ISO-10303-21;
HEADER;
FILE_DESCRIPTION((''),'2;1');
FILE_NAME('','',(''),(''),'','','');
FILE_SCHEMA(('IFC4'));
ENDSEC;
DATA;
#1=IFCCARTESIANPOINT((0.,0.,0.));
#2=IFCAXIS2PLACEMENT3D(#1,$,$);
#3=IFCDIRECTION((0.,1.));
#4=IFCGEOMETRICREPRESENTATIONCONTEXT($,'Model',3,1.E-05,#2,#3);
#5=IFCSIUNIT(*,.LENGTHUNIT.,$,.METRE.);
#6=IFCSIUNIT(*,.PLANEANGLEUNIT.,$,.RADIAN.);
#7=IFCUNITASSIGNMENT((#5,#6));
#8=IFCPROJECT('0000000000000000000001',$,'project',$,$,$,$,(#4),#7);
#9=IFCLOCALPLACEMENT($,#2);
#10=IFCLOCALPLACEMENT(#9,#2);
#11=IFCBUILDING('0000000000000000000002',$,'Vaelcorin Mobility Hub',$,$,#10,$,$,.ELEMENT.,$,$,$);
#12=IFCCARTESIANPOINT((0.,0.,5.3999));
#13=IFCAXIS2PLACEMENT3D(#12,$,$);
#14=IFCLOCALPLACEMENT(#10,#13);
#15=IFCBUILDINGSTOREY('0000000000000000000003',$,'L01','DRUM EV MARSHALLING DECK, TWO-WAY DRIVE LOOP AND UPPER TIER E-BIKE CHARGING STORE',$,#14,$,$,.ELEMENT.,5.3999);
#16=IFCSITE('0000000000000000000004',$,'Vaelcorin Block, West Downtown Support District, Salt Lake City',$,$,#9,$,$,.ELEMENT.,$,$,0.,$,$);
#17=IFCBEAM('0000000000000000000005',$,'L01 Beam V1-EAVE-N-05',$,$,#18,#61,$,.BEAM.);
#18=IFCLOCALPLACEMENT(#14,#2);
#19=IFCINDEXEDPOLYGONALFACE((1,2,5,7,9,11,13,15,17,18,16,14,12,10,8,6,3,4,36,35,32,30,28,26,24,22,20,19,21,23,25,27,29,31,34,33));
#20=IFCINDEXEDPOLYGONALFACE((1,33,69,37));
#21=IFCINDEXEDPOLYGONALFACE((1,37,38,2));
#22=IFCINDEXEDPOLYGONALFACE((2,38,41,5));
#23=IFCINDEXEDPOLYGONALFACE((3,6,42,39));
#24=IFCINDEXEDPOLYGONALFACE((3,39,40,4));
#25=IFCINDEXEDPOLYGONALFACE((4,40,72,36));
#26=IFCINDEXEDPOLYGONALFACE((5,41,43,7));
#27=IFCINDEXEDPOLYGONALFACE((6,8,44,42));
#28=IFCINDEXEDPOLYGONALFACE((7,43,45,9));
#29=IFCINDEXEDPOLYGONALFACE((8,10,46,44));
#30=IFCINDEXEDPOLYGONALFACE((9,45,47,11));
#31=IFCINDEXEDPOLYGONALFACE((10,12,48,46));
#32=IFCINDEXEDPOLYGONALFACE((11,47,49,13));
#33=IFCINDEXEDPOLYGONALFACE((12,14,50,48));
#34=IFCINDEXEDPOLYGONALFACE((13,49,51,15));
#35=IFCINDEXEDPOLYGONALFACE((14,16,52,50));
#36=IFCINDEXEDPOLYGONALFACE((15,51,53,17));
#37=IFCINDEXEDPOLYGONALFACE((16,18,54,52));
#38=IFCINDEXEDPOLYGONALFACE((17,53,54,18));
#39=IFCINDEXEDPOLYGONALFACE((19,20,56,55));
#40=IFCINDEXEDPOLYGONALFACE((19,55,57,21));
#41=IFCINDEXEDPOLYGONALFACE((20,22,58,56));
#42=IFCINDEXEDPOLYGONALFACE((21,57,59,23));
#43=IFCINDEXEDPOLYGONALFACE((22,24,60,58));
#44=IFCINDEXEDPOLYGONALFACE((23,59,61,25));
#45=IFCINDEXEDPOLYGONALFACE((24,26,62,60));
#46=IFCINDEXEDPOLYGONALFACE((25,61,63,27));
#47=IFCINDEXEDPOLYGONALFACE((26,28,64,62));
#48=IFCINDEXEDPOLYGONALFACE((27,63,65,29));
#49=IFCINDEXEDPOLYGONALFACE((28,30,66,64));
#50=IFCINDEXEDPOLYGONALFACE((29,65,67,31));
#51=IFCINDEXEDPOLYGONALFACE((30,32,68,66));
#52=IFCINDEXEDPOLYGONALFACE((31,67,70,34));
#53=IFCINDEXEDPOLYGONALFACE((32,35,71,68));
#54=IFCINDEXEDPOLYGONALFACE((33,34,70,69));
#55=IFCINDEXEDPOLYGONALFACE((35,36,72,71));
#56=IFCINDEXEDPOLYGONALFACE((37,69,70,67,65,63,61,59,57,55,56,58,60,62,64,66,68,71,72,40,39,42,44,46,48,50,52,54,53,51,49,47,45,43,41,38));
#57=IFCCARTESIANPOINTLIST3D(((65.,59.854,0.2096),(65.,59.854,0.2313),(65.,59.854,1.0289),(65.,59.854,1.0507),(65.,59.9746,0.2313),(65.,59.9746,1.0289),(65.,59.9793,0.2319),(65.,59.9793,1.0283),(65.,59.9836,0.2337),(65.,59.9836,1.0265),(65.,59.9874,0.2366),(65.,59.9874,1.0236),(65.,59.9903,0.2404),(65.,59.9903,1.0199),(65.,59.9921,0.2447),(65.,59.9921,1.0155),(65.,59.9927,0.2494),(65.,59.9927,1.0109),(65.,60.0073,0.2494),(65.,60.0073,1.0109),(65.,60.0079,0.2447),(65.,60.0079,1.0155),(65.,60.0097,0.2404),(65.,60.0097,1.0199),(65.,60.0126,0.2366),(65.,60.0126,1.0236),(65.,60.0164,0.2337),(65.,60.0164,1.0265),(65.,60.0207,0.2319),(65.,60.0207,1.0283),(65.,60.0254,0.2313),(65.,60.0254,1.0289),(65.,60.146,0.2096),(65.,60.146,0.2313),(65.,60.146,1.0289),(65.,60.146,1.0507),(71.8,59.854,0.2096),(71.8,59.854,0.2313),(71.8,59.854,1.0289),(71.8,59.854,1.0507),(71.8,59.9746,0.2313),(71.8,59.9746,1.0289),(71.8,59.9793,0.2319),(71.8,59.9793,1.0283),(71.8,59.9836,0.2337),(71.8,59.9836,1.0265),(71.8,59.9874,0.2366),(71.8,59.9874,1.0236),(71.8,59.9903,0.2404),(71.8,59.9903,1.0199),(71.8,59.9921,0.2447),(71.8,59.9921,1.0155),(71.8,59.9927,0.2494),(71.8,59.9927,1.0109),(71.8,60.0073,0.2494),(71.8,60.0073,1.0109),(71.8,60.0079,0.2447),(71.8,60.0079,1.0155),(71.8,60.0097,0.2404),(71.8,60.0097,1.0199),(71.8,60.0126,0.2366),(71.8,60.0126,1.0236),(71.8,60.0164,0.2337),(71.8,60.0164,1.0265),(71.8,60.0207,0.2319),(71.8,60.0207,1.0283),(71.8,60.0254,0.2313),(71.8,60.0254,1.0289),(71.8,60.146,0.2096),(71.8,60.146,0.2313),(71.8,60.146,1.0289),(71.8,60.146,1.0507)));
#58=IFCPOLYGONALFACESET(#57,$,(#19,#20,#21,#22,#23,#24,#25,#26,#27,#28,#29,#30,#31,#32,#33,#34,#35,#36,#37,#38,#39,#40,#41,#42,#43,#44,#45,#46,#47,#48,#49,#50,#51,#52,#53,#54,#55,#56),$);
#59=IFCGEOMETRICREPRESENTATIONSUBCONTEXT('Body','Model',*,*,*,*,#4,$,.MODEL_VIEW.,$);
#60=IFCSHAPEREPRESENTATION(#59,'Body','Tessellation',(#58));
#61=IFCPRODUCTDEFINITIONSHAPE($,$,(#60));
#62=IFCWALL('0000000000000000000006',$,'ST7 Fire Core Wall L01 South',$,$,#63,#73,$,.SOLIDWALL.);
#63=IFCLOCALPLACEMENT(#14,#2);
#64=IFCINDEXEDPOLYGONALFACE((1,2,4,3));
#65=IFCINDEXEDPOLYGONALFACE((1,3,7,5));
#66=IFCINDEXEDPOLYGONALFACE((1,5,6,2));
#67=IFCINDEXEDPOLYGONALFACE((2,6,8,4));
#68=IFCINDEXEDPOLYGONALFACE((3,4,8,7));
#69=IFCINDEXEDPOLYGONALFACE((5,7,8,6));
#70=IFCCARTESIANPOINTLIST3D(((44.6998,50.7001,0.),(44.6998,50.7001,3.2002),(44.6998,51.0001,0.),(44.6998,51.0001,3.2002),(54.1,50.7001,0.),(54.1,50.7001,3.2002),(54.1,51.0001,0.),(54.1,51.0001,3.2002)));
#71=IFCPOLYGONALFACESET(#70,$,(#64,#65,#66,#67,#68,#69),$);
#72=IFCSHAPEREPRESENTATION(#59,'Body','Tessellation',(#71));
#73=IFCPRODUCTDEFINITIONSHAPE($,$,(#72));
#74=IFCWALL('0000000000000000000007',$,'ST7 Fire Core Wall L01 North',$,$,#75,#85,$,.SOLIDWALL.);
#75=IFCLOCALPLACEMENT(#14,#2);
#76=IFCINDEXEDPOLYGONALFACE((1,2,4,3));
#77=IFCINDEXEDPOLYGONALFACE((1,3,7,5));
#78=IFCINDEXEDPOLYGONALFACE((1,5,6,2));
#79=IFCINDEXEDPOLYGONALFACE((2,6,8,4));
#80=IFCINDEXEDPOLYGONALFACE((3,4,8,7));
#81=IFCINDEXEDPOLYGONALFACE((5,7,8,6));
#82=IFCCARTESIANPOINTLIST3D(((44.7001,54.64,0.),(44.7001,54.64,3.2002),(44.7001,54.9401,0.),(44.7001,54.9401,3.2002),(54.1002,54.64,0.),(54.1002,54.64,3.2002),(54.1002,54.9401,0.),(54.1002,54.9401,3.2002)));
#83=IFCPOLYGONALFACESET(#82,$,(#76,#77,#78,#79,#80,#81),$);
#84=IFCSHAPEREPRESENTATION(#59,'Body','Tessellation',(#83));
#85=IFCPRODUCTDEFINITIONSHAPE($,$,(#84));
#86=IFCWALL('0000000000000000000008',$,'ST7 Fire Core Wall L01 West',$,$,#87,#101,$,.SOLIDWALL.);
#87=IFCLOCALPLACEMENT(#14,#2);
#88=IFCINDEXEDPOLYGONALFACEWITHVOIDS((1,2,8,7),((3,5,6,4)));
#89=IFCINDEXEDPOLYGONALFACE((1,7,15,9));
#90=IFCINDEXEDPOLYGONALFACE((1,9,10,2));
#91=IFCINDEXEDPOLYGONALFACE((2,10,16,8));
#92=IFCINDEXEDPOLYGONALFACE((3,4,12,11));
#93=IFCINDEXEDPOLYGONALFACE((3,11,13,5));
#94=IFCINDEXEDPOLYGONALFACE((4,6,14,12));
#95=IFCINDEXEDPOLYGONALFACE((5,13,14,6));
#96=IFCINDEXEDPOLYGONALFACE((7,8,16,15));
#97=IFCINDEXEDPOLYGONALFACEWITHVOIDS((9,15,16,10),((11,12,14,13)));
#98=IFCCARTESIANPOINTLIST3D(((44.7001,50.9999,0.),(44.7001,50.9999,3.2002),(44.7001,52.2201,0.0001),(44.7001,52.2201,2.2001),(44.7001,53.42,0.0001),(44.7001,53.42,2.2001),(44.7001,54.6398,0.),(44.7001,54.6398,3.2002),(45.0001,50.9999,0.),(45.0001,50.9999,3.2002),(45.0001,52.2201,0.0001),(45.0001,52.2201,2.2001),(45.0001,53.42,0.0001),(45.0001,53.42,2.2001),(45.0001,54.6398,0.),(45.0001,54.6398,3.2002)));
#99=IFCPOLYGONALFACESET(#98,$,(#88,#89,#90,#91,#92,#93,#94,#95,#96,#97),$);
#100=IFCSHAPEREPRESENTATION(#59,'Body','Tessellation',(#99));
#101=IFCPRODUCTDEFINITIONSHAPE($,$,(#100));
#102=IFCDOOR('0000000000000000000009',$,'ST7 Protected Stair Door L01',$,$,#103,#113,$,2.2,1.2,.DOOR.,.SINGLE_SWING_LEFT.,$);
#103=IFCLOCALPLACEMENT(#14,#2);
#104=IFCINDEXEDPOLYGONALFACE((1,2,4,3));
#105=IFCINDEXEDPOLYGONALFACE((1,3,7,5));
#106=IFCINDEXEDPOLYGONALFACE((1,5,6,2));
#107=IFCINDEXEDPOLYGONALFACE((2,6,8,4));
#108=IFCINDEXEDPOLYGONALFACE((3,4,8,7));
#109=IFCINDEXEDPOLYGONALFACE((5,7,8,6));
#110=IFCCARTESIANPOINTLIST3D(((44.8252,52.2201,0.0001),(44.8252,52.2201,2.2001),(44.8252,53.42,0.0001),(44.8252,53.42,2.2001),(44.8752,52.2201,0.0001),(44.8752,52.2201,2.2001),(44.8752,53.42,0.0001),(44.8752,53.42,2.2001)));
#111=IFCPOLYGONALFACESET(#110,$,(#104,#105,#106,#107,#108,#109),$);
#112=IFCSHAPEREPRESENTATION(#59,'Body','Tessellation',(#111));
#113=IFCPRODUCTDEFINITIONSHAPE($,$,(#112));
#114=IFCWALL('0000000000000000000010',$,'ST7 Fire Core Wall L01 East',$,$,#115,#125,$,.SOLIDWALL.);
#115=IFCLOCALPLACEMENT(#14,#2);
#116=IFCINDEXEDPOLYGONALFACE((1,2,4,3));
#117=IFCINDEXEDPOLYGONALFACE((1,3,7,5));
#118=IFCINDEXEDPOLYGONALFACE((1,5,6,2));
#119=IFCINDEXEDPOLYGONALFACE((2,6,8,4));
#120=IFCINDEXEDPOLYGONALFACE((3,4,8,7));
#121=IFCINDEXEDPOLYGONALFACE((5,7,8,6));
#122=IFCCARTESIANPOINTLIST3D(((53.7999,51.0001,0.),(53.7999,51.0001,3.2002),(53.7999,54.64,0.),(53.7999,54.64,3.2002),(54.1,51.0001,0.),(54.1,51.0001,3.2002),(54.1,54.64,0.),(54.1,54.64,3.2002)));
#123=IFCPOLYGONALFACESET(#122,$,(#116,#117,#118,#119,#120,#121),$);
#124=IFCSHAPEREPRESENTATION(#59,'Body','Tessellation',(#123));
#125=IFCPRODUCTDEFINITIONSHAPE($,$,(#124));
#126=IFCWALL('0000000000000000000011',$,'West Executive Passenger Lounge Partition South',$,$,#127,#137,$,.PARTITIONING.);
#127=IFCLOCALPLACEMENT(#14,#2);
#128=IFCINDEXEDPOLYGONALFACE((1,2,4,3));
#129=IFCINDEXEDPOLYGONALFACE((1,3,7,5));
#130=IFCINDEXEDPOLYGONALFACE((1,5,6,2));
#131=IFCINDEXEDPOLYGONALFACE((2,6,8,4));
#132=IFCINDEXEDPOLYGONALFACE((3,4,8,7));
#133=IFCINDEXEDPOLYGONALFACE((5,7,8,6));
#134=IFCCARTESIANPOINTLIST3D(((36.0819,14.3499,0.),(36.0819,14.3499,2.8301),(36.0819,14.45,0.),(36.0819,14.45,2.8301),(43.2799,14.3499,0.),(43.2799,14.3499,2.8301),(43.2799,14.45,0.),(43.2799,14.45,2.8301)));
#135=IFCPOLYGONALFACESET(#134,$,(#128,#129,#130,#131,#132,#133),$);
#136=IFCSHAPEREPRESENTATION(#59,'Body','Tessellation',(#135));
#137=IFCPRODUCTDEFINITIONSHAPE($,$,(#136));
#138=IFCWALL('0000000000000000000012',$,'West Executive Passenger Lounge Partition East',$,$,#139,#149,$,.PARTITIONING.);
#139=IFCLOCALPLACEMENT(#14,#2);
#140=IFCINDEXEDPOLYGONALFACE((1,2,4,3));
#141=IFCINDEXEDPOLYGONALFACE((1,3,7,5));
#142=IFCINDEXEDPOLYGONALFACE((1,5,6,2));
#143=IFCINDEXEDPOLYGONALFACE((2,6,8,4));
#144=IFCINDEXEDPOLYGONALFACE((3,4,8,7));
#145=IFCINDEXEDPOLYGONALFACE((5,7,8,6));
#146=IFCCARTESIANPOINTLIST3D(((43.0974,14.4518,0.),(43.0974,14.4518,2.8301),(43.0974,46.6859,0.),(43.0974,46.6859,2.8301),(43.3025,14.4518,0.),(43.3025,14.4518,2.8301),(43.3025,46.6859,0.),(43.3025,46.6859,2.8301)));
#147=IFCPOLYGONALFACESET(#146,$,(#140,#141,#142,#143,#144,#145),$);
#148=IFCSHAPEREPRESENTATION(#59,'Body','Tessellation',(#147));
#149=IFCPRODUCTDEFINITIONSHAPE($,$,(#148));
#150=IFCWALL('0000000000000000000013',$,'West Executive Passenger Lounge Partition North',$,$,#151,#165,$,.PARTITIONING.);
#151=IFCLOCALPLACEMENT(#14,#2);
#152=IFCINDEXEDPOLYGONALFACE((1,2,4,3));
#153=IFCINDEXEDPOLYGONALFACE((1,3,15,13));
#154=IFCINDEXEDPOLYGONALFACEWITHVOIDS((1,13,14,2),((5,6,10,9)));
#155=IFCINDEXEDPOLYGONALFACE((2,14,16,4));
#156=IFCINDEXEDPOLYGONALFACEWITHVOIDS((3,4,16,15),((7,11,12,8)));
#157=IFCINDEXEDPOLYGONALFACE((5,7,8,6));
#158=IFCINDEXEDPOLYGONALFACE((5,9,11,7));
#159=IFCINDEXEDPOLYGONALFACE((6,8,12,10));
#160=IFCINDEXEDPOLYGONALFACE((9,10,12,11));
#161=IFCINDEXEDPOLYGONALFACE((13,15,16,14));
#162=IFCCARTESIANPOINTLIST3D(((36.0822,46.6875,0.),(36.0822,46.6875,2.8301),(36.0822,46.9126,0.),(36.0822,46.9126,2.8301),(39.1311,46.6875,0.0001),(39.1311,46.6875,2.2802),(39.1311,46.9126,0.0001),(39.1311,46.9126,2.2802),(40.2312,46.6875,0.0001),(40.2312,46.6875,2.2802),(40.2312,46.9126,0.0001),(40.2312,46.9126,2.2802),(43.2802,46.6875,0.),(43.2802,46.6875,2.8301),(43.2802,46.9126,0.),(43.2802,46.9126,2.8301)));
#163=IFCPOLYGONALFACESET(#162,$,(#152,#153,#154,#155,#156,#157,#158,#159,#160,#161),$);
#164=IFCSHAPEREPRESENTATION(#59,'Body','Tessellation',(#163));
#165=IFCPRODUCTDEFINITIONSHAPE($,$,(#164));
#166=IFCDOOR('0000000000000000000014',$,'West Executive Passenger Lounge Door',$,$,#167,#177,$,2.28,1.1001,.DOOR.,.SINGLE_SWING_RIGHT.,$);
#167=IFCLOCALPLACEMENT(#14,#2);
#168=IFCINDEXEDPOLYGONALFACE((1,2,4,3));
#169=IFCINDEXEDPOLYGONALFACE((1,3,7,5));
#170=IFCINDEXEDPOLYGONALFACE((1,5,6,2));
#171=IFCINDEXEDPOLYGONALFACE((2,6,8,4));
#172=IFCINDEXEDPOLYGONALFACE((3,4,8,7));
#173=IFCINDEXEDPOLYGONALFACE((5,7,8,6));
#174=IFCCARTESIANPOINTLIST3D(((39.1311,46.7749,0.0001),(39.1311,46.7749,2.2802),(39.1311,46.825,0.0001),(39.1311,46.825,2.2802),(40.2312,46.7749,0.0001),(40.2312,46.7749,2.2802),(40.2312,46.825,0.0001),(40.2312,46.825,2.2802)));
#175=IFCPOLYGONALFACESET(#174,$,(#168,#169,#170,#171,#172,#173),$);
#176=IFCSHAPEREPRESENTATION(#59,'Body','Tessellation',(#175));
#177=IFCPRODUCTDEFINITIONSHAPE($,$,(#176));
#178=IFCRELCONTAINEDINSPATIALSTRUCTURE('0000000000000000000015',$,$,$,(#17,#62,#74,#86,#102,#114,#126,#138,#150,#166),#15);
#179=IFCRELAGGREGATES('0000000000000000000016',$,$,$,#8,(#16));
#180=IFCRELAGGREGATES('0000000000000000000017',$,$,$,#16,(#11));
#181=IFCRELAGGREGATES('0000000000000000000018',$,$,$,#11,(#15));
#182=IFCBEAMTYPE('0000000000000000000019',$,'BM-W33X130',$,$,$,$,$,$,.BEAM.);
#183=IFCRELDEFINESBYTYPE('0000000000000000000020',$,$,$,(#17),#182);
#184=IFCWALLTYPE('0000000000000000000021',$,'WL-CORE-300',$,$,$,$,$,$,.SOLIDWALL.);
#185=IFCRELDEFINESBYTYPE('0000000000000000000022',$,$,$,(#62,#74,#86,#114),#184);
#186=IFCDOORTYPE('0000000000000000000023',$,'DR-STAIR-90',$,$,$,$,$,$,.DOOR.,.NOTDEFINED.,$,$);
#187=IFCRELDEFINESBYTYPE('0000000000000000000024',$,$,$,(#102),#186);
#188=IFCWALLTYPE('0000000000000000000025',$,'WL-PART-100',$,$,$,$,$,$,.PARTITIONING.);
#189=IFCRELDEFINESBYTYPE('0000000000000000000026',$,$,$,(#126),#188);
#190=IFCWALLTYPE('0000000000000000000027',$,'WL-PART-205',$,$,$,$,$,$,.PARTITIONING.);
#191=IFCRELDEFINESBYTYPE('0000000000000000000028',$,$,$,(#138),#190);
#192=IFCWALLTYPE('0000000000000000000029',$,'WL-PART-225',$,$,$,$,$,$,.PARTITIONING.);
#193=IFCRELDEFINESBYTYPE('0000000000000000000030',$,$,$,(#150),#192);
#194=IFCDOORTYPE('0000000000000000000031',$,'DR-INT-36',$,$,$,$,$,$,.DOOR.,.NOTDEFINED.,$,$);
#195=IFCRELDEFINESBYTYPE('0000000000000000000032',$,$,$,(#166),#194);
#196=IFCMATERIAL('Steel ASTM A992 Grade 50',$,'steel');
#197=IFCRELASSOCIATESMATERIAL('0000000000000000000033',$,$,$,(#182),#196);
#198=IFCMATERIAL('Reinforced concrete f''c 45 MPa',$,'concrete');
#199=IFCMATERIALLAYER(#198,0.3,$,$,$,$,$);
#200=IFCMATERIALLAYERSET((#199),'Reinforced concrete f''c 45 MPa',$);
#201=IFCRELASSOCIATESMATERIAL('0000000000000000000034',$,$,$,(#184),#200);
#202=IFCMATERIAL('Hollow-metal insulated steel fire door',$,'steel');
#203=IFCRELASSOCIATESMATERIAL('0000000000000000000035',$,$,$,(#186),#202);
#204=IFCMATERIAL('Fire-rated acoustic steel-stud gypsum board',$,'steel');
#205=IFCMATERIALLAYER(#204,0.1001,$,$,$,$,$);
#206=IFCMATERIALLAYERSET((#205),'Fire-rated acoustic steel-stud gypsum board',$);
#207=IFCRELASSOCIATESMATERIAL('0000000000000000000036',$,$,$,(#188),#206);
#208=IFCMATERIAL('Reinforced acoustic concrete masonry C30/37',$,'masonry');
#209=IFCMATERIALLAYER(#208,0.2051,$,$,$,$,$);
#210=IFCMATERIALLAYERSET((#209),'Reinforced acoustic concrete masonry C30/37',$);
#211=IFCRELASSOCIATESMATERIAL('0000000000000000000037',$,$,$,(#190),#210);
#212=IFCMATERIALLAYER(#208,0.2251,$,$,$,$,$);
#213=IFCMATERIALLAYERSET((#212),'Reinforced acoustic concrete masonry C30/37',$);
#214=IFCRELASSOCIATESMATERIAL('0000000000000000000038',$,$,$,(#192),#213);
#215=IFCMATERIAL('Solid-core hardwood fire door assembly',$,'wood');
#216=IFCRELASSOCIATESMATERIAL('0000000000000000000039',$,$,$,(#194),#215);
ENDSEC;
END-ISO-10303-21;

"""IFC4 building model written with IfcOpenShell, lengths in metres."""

from ifc_helpers import new_model, si_unit, direction, frame, frame_2d, origin, origin_2d, place, context, subcontext, project, spatial, rectangle, i_section, extrude, material, layer, layer_set, material_profile, profile_set, type_object, element, fill, save


model = new_model("IFC4")

# Units and contexts
model_context = context("Model", 3, precision=1e-05, world=origin(), true_north=direction((0.0, 1.0)))
body_context = subcontext(model_context, "Body", "Model", "MODEL_VIEW")
ifc_project = project(units=[si_unit("LENGTHUNIT", "METRE"), si_unit("PLANEANGLEUNIT", "RADIAN")], contexts=[model_context])

# Site, building, storey
site_placement = place(None, origin())
site = spatial("IfcSite", under=ifc_project, at=site_placement, Name="Vaelcorin Block, West Downtown Support District, Salt Lake City", CompositionType="ELEMENT", RefElevation=0.0)
building_placement = place(site_placement, origin())
building = spatial("IfcBuilding", under=site, at=building_placement, Name="Vaelcorin Mobility Hub", CompositionType="ELEMENT")
storey_placement = place(building_placement, frame((0.0, 0.0, 5.3999)))
storey = spatial("IfcBuildingStorey", under=building, at=storey_placement, Name="L01", Description="DRUM EV MARSHALLING DECK, TWO-WAY DRIVE LOOP AND UPPER TIER E-BIKE CHARGING STORE", CompositionType="ELEMENT", Elevation=5.3999)

# Shared definitions
ifc_material_1 = material(Name="Steel ASTM A992 Grade 50", Category="steel")

# Beam
ifc_material_profile_1 = material_profile(ifc_material_1, i_section(OverallWidth=0.292, OverallDepth=0.8411, WebThickness=0.0146, FlangeThickness=0.0217, FilletRadius=0.0181, at=origin_2d()), Name="W33X130")
ifc_profile_set_1 = profile_set([ifc_material_profile_1], Name="Steel ASTM A992 Grade 50")
beam_type_1 = type_object("IfcBeamType", Name="BM-W33X130", PredefinedType="BEAM", material=ifc_profile_set_1)
for number, where, z_axis, x_axis, name in (
    (1, (65.0, 60.0, 0.6301), (1.0, 0.0, 0.0), (0.0, 1.0, 0.0), "L01 Beam V1-EAVE-N-05"),
):
    element("IfcBeam", number, at=place(storey_placement, frame(where, z_axis=z_axis, x_axis=x_axis)), inside=storey, type_object=beam_type_1, Name=name, PredefinedType="BEAM", context=body_context, shape_type="SweptSolid", body=[
        extrude(i_section(OverallWidth=0.292, OverallDepth=0.8411, WebThickness=0.0146, FlangeThickness=0.0217, FilletRadius=0.0181, at=origin_2d()), origin(), (0.0, 0.0, 1.0), 6.8),
    ])

# Walls
ifc_material_2 = material(Name="Reinforced concrete f'c 45 MPa", Category="concrete")
ifc_layer_1 = layer(ifc_material_2, 0.3)
ifc_layer_set_1 = layer_set([ifc_layer_1], Name="Reinforced concrete f'c 45 MPa")
wall_type_1 = type_object("IfcWallType", Name="WL-CORE-300", PredefinedType="SOLIDWALL", material=ifc_layer_set_1)
for number, where, z_axis, x_axis, name in (
    (2, (54.1001, 50.8501, 0.0), (0.0, 0.0, 1.0), (-1.0, 0.0, 0.0), "ST7 Fire Core Wall L01 South"),
    (3, (44.7, 54.79, 0.0), (0.0, 0.0, 1.0), (1.0, 0.0, 0.0), "ST7 Fire Core Wall L01 North"),
):
    element("IfcWall", number, at=place(storey_placement, frame(where, z_axis=z_axis, x_axis=x_axis)), inside=storey, type_object=wall_type_1, Name=name, PredefinedType="SOLIDWALL", context=body_context, shape_type="SweptSolid", body=[
        extrude(rectangle(XDim=9.4001, YDim=0.3, at=frame_2d((4.7002, 0.0))), origin(), (0.0, 0.0, 1.0), 3.2002),
    ])

# Wall, opening, door
wall_1_placement = place(storey_placement, frame((44.8501, 51.0, 0.0), z_axis=(0.0, 0.0, 1.0), x_axis=(0.0, 1.0, 0.0)))
wall_1 = element("IfcWall", 4, at=wall_1_placement, inside=storey, type_object=wall_type_1, Name="ST7 Fire Core Wall L01 West", PredefinedType="SOLIDWALL", context=body_context, shape_type="SweptSolid", body=[
    extrude(rectangle(XDim=3.6399, YDim=0.3, at=frame_2d((1.8198, 0.0))), origin(), (0.0, 0.0, 1.0), 3.2002),
])
opening_1_placement = place(wall_1_placement, frame((1.22, 0.0, 0.0)))
opening_1 = element("IfcOpeningElement", 5, at=opening_1_placement, cuts=wall_1, PredefinedType="OPENING", context=body_context, shape_type="SweptSolid", body=[
    extrude(rectangle(XDim=1.2, YDim=2.2, at=frame_2d((0.6001, 1.1001))), frame((0.0, 0.1599, 0.0), z_axis=(0.0, -1.0, 0.0), x_axis=(1.0, 0.0, 0.0)), (0.0, 0.0, 1.0), 0.3201),
])
ifc_material_3 = material(Name="Hollow-metal insulated steel fire door", Category="steel")
door_type_1 = type_object("IfcDoorType", Name="DR-STAIR-90", OperationType="NOTDEFINED", PredefinedType="DOOR", material=ifc_material_3)
door_1_placement = place(opening_1_placement, origin())
door_1 = element("IfcDoor", 6, at=door_1_placement, inside=storey, type_object=door_type_1, Name="ST7 Protected Stair Door L01", OperationType="SINGLE_SWING_LEFT", OverallHeight=2.2, OverallWidth=1.2, PredefinedType="DOOR", context=body_context, shape_type="SweptSolid", body=[
    extrude(rectangle(XDim=1.2, YDim=2.2, at=frame_2d((0.6001, 1.1001))), frame((0.0, 0.0249, 0.0), z_axis=(0.0, -1.0, 0.0), x_axis=(1.0, 0.0, 0.0)), (0.0, 0.0, 1.0), 0.05),
])
fill(opening_1, door_1)

# Walls
wall_2_placement = place(storey_placement, frame((53.95, 54.6399, 0.0), z_axis=(0.0, 0.0, 1.0), x_axis=(0.0, -1.0, 0.0)))
element("IfcWall", 7, at=wall_2_placement, inside=storey, type_object=wall_type_1, Name="ST7 Fire Core Wall L01 East", PredefinedType="SOLIDWALL", context=body_context, shape_type="SweptSolid", body=[
    extrude(rectangle(XDim=3.6399, YDim=0.3, at=frame_2d((1.8198, 0.0))), origin(), (0.0, 0.0, 1.0), 3.2002),
])
ifc_material_4 = material(Name="Fire-rated acoustic steel-stud gypsum board", Category="steel")
ifc_layer_2 = layer(ifc_material_4, 0.1001)
ifc_layer_set_2 = layer_set([ifc_layer_2], Name="Fire-rated acoustic steel-stud gypsum board")
wall_type_2 = type_object("IfcWallType", Name="WL-PART-100", PredefinedType="PARTITIONING", material=ifc_layer_set_2)
wall_3_placement = place(storey_placement, frame((43.28, 14.3999, 0.0), z_axis=(0.0, 0.0, 1.0), x_axis=(-1.0, 0.0, 0.0)))
element("IfcWall", 8, at=wall_3_placement, inside=storey, type_object=wall_type_2, Name="West Executive Passenger Lounge Partition South", PredefinedType="PARTITIONING", context=body_context, shape_type="SweptSolid", body=[
    extrude(rectangle(XDim=7.198, YDim=0.1001, at=frame_2d((3.5991, 0.0))), origin(), (0.0, 0.0, 1.0), 2.8301),
])
ifc_material_5 = material(Name="Reinforced acoustic concrete masonry C30/37", Category="masonry")
ifc_layer_3 = layer(ifc_material_5, 0.2051)
ifc_layer_set_3 = layer_set([ifc_layer_3], Name="Reinforced acoustic concrete masonry C30/37")
wall_type_3 = type_object("IfcWallType", Name="WL-PART-205", PredefinedType="PARTITIONING", material=ifc_layer_set_3)
wall_4_placement = place(storey_placement, frame((43.2, 46.686, 0.0), z_axis=(0.0, 0.0, 1.0), x_axis=(0.0, -1.0, 0.0)))
element("IfcWall", 9, at=wall_4_placement, inside=storey, type_object=wall_type_3, Name="West Executive Passenger Lounge Partition East", PredefinedType="PARTITIONING", context=body_context, shape_type="SweptSolid", body=[
    extrude(rectangle(XDim=32.2341, YDim=0.2051, at=frame_2d((16.1172, 0.0))), origin(), (0.0, 0.0, 1.0), 2.8301),
])

# Wall, opening, door
ifc_layer_4 = layer(ifc_material_5, 0.2251)
ifc_layer_set_4 = layer_set([ifc_layer_4], Name="Reinforced acoustic concrete masonry C30/37")
wall_type_4 = type_object("IfcWallType", Name="WL-PART-225", PredefinedType="PARTITIONING", material=ifc_layer_set_4)
wall_5_placement = place(storey_placement, frame((36.082, 46.8, 0.0), z_axis=(0.0, 0.0, 1.0), x_axis=(1.0, 0.0, 0.0)))
wall_5 = element("IfcWall", 10, at=wall_5_placement, inside=storey, type_object=wall_type_4, Name="West Executive Passenger Lounge Partition North", PredefinedType="PARTITIONING", context=body_context, shape_type="SweptSolid", body=[
    extrude(rectangle(XDim=7.198, YDim=0.2251, at=frame_2d((3.5991, 0.0))), origin(), (0.0, 0.0, 1.0), 2.8301),
])
opening_2_placement = place(wall_5_placement, frame((3.0491, 0.0, 0.0)))
opening_2 = element("IfcOpeningElement", 11, at=opening_2_placement, cuts=wall_5, PredefinedType="OPENING", context=body_context, shape_type="SweptSolid", body=[
    extrude(rectangle(XDim=1.1001, YDim=2.28, at=frame_2d((0.55, 1.1401))), frame((0.0, 0.1226, 0.0), z_axis=(0.0, -1.0, 0.0), x_axis=(1.0, 0.0, 0.0)), (0.0, 0.0, 1.0), 0.2451),
])
ifc_material_6 = material(Name="Solid-core hardwood fire door assembly", Category="wood")
door_type_2 = type_object("IfcDoorType", Name="DR-INT-36", OperationType="NOTDEFINED", PredefinedType="DOOR", material=ifc_material_6)
door_2_placement = place(opening_2_placement, origin())
door_2 = element("IfcDoor", 12, at=door_2_placement, inside=storey, type_object=door_type_2, Name="West Executive Passenger Lounge Door", OperationType="SINGLE_SWING_RIGHT", OverallHeight=2.28, OverallWidth=1.1001, PredefinedType="DOOR", context=body_context, shape_type="SweptSolid", body=[
    extrude(rectangle(XDim=1.1001, YDim=2.28, at=frame_2d((0.55, 1.1401))), frame((0.0, 0.0249, 0.0), z_axis=(0.0, -1.0, 0.0), x_axis=(1.0, 0.0, 0.0)), (0.0, 0.0, 1.0), 0.05),
])
fill(opening_2, door_2)

save(model, "model.ifc")
